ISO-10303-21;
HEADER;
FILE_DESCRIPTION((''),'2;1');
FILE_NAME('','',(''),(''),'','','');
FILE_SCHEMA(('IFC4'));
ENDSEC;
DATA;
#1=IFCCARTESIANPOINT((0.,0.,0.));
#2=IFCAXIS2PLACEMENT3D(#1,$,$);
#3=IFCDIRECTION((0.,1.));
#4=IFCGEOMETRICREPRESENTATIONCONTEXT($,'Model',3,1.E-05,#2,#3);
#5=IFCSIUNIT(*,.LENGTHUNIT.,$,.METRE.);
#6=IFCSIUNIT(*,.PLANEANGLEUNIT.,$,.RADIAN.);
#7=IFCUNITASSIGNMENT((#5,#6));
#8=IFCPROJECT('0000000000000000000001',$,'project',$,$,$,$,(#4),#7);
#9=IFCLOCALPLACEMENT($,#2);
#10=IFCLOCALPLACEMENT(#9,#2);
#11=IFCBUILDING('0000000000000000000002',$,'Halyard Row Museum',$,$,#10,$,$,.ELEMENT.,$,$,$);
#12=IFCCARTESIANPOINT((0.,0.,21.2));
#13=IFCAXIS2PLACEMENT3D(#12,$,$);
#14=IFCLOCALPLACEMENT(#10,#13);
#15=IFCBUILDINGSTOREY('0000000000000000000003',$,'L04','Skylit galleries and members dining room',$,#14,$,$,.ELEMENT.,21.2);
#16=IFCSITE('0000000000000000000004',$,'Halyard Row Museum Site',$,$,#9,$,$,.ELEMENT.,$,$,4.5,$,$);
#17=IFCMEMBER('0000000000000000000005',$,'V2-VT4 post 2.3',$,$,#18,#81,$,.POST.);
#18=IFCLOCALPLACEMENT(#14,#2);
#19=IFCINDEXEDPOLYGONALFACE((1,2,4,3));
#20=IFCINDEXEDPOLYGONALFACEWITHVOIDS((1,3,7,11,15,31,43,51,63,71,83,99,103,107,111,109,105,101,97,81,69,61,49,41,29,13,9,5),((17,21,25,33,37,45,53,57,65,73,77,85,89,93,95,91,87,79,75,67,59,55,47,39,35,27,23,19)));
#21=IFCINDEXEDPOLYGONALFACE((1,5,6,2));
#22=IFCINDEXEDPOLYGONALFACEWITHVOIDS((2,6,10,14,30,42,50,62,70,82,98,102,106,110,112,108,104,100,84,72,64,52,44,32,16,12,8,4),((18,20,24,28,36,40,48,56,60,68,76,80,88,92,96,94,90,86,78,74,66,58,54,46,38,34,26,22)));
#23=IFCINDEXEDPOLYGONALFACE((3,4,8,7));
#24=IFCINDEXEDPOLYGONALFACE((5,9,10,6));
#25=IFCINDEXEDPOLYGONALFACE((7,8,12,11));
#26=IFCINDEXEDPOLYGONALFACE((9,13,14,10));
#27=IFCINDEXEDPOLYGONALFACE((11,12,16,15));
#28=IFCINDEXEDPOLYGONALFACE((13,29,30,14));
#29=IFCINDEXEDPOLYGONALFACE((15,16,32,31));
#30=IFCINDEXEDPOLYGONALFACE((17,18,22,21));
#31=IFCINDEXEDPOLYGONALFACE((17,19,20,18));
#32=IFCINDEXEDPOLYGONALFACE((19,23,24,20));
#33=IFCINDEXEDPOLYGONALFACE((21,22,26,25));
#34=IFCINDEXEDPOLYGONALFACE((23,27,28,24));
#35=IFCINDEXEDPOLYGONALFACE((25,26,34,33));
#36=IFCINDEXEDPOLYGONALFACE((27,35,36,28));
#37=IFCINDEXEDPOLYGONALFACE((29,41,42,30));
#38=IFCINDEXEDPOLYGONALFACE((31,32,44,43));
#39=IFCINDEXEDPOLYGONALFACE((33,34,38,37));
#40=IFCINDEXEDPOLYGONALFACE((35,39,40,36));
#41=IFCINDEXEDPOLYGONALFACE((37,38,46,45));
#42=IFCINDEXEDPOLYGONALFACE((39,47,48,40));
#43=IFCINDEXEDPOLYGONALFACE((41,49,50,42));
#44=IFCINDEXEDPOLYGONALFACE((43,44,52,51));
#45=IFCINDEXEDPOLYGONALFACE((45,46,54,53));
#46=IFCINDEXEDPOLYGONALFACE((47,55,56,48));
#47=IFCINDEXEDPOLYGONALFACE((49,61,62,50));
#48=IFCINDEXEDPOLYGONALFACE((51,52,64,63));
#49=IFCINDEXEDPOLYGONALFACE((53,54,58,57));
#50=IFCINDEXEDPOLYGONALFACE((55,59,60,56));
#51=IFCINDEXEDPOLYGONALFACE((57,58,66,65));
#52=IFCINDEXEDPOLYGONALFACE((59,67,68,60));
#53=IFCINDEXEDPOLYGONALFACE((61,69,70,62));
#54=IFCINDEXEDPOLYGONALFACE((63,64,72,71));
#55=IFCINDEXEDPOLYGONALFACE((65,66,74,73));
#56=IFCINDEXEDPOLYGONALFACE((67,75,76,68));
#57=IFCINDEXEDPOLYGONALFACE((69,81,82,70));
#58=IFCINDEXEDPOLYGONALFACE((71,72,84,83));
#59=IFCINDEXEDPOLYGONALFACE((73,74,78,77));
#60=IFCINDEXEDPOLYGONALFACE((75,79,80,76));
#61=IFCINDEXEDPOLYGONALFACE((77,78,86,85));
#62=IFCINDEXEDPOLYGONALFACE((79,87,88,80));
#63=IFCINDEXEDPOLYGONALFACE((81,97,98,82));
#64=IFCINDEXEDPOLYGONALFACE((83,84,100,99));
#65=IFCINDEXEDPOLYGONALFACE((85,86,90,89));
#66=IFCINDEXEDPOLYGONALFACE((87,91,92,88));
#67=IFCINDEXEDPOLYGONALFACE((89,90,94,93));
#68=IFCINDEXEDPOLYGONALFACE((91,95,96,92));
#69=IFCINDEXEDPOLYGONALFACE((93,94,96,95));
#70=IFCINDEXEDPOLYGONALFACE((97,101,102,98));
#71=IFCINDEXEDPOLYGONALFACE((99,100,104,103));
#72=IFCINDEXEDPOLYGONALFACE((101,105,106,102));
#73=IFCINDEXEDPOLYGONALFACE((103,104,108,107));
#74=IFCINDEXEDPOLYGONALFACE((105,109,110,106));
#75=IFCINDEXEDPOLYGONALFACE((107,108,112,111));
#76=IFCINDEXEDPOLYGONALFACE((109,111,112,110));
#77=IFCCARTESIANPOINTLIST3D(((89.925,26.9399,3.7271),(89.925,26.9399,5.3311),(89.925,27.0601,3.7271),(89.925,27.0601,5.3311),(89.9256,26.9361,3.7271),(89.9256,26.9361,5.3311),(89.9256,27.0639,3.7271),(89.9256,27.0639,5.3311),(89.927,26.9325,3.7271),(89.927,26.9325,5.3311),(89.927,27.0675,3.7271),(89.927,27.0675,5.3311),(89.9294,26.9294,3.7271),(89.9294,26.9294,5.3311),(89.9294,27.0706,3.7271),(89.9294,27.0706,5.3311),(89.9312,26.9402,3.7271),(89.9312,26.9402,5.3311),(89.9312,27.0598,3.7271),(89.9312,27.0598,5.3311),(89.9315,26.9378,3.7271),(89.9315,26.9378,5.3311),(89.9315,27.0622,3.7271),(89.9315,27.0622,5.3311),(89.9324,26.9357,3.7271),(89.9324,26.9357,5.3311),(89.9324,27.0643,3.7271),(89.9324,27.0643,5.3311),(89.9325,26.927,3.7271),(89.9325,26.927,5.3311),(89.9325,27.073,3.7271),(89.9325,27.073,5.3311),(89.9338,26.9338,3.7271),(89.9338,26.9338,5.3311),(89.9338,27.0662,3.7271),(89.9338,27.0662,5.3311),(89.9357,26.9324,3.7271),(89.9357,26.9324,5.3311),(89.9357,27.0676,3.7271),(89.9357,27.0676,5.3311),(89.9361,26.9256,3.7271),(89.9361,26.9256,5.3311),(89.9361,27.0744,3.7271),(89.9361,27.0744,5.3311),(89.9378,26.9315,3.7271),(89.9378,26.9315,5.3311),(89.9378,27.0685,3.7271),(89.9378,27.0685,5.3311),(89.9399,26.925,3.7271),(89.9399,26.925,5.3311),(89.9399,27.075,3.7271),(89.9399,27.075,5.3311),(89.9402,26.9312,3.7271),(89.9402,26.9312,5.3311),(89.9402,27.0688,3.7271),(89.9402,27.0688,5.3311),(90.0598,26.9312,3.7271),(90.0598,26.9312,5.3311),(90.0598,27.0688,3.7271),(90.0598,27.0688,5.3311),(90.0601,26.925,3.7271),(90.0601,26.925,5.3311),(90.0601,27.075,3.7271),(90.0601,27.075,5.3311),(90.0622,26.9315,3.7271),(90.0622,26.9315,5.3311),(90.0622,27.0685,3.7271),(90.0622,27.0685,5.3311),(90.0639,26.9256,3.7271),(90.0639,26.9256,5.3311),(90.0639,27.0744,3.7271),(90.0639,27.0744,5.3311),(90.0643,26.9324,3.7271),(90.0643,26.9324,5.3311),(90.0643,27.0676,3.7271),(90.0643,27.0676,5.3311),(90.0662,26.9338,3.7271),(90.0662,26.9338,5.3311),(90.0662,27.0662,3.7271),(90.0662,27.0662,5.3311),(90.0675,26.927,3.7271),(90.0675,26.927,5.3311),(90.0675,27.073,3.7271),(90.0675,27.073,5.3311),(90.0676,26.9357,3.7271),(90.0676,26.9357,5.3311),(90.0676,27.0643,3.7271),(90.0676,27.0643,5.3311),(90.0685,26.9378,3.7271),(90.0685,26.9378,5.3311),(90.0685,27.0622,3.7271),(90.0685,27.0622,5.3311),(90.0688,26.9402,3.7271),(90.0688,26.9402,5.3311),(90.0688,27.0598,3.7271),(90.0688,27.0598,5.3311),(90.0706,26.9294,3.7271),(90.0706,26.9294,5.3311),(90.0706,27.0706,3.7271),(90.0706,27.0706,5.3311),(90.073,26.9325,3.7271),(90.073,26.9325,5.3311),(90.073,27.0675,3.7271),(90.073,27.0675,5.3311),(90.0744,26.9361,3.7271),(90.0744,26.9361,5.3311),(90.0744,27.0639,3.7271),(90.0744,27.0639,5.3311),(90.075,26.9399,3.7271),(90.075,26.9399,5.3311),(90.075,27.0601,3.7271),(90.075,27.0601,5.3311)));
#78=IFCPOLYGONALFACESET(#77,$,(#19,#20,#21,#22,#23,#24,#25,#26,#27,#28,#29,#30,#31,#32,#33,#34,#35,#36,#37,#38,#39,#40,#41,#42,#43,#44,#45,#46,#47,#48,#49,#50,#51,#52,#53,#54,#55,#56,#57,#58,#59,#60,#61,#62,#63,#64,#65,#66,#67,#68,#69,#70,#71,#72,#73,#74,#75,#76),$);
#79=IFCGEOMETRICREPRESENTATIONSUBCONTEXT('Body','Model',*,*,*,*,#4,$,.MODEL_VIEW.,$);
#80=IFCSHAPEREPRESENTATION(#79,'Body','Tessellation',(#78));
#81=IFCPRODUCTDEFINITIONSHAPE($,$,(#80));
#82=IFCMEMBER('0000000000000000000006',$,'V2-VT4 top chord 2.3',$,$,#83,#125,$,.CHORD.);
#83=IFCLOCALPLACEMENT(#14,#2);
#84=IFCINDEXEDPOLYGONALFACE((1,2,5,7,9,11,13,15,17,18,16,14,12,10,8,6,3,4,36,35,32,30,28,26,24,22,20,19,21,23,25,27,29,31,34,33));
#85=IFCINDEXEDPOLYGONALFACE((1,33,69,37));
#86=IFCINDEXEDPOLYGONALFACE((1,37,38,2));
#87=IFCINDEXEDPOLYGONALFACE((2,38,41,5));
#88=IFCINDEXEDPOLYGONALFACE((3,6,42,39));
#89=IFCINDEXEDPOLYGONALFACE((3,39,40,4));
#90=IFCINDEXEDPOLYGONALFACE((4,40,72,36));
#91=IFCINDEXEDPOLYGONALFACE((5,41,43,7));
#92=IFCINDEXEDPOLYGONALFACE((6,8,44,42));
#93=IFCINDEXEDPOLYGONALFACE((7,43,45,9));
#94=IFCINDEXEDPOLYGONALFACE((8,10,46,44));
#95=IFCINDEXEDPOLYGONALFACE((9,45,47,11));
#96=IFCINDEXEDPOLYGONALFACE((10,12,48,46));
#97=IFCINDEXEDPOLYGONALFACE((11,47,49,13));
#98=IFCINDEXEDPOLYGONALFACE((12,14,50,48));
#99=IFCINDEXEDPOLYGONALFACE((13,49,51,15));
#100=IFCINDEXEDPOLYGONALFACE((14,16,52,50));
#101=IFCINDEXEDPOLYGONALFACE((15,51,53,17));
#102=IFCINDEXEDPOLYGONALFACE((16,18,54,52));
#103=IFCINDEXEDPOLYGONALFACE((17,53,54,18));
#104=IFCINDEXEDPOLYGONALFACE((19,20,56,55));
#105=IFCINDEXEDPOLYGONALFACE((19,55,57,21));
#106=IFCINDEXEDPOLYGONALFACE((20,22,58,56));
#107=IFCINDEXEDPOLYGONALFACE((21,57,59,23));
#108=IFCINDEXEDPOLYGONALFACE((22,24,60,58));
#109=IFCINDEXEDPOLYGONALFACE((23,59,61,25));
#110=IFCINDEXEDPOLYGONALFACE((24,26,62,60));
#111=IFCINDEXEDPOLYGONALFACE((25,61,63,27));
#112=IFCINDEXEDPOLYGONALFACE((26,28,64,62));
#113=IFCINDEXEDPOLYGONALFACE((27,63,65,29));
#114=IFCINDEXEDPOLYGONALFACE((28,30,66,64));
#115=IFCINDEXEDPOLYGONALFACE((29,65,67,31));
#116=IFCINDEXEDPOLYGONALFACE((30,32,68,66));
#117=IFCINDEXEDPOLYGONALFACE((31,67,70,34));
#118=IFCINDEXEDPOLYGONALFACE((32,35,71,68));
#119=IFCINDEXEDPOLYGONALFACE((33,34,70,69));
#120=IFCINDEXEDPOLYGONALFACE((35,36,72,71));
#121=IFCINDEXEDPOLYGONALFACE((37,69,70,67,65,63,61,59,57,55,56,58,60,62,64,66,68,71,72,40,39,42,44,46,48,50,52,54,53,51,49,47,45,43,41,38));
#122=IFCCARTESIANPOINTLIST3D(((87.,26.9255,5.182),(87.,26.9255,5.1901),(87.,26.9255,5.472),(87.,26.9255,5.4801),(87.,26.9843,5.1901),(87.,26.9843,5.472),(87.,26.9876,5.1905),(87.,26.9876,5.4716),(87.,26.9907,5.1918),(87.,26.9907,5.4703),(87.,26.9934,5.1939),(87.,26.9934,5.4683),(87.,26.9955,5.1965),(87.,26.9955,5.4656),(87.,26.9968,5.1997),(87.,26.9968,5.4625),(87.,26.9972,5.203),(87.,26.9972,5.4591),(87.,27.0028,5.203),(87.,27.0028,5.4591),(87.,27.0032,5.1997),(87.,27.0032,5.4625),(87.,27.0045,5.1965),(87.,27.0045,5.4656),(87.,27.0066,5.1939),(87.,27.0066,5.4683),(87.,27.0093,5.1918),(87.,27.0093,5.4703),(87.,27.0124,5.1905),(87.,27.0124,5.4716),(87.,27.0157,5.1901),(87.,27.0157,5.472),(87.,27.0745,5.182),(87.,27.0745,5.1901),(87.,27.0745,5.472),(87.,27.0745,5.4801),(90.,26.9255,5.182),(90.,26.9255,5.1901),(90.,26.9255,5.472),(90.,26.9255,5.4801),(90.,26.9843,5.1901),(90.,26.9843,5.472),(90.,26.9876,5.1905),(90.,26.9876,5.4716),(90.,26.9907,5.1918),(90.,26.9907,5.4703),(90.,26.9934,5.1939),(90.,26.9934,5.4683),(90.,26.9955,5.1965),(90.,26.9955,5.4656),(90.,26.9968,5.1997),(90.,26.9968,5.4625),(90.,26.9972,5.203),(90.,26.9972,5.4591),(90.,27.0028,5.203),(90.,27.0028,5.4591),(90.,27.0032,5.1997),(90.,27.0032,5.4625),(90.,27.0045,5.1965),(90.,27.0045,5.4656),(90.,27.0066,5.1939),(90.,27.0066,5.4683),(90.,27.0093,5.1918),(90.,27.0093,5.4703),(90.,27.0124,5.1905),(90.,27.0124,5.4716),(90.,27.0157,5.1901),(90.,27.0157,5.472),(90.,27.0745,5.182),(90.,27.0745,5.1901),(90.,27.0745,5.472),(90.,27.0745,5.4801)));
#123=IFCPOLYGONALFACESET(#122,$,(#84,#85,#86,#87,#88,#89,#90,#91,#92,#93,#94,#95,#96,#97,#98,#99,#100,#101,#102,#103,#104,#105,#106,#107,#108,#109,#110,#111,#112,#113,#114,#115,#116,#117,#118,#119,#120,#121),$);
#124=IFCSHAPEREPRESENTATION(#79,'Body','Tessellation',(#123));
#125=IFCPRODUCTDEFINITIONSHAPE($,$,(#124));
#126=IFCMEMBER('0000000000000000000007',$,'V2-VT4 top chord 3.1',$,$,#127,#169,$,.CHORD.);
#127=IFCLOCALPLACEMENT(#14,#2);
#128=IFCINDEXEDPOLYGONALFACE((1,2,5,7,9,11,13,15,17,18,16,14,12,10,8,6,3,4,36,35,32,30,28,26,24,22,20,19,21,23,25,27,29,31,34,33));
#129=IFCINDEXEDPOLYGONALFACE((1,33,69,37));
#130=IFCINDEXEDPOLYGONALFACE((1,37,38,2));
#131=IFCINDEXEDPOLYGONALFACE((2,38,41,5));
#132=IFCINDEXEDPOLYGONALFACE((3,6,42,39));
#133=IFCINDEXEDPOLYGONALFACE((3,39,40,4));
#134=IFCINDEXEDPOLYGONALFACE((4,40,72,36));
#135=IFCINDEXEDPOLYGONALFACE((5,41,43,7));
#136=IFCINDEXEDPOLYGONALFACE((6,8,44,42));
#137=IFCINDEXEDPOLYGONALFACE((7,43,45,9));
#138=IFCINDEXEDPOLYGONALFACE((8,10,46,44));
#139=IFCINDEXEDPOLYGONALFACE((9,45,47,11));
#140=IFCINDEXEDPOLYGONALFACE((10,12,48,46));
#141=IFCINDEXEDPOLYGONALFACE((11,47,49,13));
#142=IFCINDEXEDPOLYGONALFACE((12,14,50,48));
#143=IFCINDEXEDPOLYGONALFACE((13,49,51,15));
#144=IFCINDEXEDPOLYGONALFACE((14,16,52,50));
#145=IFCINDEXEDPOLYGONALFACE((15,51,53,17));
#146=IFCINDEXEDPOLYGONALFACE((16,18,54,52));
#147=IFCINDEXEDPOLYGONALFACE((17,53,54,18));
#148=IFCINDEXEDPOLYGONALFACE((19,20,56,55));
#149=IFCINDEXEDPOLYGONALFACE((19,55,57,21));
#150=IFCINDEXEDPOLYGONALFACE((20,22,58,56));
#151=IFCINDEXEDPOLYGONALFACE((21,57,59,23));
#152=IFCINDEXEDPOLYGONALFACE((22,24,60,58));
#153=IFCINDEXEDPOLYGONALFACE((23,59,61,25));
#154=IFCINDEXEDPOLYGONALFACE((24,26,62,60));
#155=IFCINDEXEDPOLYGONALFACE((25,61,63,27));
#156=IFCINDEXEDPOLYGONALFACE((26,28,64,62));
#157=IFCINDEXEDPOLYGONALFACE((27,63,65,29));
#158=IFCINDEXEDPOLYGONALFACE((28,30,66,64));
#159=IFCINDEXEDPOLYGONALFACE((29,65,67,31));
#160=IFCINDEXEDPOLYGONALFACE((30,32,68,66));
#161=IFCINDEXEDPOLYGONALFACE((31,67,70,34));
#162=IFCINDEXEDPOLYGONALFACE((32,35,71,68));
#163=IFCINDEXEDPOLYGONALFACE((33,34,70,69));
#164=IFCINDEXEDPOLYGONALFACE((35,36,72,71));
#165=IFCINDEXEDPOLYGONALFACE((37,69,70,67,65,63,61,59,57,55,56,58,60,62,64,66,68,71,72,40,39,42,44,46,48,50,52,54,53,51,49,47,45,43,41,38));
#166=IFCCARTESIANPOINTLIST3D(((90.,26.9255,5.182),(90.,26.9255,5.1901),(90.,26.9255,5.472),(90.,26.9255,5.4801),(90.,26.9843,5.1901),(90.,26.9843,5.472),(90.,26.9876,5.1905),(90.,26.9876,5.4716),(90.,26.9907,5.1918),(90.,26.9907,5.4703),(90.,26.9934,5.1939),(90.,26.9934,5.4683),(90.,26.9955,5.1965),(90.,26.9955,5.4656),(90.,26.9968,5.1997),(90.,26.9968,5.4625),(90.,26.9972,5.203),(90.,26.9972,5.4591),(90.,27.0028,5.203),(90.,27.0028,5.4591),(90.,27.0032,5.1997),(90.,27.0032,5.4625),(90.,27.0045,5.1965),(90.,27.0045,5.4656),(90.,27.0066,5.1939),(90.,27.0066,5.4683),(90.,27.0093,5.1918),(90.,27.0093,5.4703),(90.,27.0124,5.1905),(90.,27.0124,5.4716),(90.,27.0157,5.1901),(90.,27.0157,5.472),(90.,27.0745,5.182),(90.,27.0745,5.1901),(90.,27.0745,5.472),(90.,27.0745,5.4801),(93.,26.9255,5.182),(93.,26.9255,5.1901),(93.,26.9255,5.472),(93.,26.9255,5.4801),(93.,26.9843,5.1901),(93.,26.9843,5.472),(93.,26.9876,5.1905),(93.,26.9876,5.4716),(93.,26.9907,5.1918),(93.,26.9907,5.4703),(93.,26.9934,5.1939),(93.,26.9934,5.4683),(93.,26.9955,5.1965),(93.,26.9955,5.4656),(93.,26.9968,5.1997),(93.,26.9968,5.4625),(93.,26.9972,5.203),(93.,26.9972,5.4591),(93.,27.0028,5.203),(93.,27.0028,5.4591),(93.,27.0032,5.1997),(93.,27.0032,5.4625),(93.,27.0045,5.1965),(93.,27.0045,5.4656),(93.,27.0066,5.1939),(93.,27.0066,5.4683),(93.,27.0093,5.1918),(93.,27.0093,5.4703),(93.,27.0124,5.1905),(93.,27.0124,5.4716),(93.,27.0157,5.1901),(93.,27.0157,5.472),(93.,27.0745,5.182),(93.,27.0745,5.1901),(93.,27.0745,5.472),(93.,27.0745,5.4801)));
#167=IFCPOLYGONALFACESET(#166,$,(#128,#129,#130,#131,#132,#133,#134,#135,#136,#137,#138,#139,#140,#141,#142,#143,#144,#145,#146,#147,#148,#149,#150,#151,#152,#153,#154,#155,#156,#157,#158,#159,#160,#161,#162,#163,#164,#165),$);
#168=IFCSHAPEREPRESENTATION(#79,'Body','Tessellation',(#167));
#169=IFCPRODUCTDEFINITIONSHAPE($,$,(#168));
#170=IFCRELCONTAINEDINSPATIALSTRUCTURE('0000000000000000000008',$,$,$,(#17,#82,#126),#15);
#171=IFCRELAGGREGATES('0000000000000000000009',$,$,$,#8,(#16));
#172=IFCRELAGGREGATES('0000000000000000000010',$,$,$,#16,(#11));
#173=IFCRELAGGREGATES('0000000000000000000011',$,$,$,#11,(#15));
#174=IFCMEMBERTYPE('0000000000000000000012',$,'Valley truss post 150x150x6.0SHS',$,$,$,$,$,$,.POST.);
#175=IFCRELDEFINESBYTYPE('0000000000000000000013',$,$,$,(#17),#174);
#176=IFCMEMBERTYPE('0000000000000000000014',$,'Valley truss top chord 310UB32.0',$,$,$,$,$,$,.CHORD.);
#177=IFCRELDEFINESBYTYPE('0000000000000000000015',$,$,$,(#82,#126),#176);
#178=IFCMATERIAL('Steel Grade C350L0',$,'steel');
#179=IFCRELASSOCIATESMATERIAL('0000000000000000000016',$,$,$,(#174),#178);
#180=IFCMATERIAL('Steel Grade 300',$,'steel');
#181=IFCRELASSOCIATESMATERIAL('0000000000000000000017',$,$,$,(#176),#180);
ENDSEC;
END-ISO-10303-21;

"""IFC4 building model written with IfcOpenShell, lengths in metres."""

from ifc_helpers import new_model, si_unit, direction, frame, origin, origin_2d, place, context, subcontext, project, spatial, hollow_rectangle, i_section, extrude, material, material_profile, profile_set, type_object, element, save


model = new_model("IFC4")

# Units and contexts
model_context = context("Model", 3, precision=1e-05, world=origin(), true_north=direction((0.0, 1.0)))
body_context = subcontext(model_context, "Body", "Model", "MODEL_VIEW")
ifc_project = project(units=[si_unit("LENGTHUNIT", "METRE"), si_unit("PLANEANGLEUNIT", "RADIAN")], contexts=[model_context])

# Site, building, storey
site_placement = place(None, origin())
site = spatial("IfcSite", under=ifc_project, at=site_placement, Name="Halyard Row Museum Site", CompositionType="ELEMENT", RefElevation=4.5)
building_placement = place(site_placement, origin())
building = spatial("IfcBuilding", under=site, at=building_placement, Name="Halyard Row Museum", CompositionType="ELEMENT")
storey_placement = place(building_placement, frame((0.0, 0.0, 21.2)))
storey = spatial("IfcBuildingStorey", under=building, at=storey_placement, Name="L04", Description="Skylit galleries and members dining room", CompositionType="ELEMENT", Elevation=21.2)

# Members
ifc_material_1 = material(Name="Steel Grade C350L0", Category="steel")
ifc_material_profile_1 = material_profile(ifc_material_1, hollow_rectangle(XDim=0.1499, YDim=0.1499, WallThickness=0.0061, InnerFilletRadius=0.009, OuterFilletRadius=0.0149, at=origin_2d()), Name="150x150x6.0SHS")
ifc_profile_set_1 = profile_set([ifc_material_profile_1], Name="Steel Grade C350L0")
member_type_1 = type_object("IfcMemberType", Name="Valley truss post 150x150x6.0SHS", PredefinedType="POST", material=ifc_profile_set_1)
member_1_placement = place(storey_placement, frame((90.0, 27.0, 3.7271), z_axis=(0.0, 0.0, 1.0), x_axis=(1.0, 0.0, 0.0)))
element("IfcMember", 1, at=member_1_placement, inside=storey, type_object=member_type_1, Name="V2-VT4 post 2.3", PredefinedType="POST", context=body_context, shape_type="SweptSolid", body=[
    extrude(hollow_rectangle(XDim=0.1499, YDim=0.1499, WallThickness=0.0061, InnerFilletRadius=0.009, OuterFilletRadius=0.0149, at=origin_2d()), origin(), (0.0, 0.0, 1.0), 1.604),
])
ifc_material_2 = material(Name="Steel Grade 300", Category="steel")
ifc_material_profile_2 = material_profile(ifc_material_2, i_section(OverallWidth=0.1489, OverallDepth=0.2981, WebThickness=0.0056, FlangeThickness=0.0081, FilletRadius=0.0129, at=origin_2d()), Name="310UB32.0")
ifc_profile_set_2 = profile_set([ifc_material_profile_2], Name="Steel Grade 300")
member_type_2 = type_object("IfcMemberType", Name="Valley truss top chord 310UB32.0", PredefinedType="CHORD", material=ifc_profile_set_2)
for number, where, z_axis, x_axis, name in (
    (2, (87.0, 27.0, 5.3311), (1.0, 0.0, 0.0), (0.0, 1.0, 0.0), "V2-VT4 top chord 2.3"),
    (3, (90.0, 27.0, 5.3311), (1.0, 0.0, 0.0), (0.0, 1.0, 0.0), "V2-VT4 top chord 3.1"),
):
    element("IfcMember", number, at=place(storey_placement, frame(where, z_axis=z_axis, x_axis=x_axis)), inside=storey, type_object=member_type_2, Name=name, PredefinedType="CHORD", context=body_context, shape_type="SweptSolid", body=[
        extrude(i_section(OverallWidth=0.1489, OverallDepth=0.2981, WebThickness=0.0056, FlangeThickness=0.0081, FilletRadius=0.0129, at=origin_2d()), origin(), (0.0, 0.0, 1.0), 3.0),
    ])

save(model, "model.ifc")
